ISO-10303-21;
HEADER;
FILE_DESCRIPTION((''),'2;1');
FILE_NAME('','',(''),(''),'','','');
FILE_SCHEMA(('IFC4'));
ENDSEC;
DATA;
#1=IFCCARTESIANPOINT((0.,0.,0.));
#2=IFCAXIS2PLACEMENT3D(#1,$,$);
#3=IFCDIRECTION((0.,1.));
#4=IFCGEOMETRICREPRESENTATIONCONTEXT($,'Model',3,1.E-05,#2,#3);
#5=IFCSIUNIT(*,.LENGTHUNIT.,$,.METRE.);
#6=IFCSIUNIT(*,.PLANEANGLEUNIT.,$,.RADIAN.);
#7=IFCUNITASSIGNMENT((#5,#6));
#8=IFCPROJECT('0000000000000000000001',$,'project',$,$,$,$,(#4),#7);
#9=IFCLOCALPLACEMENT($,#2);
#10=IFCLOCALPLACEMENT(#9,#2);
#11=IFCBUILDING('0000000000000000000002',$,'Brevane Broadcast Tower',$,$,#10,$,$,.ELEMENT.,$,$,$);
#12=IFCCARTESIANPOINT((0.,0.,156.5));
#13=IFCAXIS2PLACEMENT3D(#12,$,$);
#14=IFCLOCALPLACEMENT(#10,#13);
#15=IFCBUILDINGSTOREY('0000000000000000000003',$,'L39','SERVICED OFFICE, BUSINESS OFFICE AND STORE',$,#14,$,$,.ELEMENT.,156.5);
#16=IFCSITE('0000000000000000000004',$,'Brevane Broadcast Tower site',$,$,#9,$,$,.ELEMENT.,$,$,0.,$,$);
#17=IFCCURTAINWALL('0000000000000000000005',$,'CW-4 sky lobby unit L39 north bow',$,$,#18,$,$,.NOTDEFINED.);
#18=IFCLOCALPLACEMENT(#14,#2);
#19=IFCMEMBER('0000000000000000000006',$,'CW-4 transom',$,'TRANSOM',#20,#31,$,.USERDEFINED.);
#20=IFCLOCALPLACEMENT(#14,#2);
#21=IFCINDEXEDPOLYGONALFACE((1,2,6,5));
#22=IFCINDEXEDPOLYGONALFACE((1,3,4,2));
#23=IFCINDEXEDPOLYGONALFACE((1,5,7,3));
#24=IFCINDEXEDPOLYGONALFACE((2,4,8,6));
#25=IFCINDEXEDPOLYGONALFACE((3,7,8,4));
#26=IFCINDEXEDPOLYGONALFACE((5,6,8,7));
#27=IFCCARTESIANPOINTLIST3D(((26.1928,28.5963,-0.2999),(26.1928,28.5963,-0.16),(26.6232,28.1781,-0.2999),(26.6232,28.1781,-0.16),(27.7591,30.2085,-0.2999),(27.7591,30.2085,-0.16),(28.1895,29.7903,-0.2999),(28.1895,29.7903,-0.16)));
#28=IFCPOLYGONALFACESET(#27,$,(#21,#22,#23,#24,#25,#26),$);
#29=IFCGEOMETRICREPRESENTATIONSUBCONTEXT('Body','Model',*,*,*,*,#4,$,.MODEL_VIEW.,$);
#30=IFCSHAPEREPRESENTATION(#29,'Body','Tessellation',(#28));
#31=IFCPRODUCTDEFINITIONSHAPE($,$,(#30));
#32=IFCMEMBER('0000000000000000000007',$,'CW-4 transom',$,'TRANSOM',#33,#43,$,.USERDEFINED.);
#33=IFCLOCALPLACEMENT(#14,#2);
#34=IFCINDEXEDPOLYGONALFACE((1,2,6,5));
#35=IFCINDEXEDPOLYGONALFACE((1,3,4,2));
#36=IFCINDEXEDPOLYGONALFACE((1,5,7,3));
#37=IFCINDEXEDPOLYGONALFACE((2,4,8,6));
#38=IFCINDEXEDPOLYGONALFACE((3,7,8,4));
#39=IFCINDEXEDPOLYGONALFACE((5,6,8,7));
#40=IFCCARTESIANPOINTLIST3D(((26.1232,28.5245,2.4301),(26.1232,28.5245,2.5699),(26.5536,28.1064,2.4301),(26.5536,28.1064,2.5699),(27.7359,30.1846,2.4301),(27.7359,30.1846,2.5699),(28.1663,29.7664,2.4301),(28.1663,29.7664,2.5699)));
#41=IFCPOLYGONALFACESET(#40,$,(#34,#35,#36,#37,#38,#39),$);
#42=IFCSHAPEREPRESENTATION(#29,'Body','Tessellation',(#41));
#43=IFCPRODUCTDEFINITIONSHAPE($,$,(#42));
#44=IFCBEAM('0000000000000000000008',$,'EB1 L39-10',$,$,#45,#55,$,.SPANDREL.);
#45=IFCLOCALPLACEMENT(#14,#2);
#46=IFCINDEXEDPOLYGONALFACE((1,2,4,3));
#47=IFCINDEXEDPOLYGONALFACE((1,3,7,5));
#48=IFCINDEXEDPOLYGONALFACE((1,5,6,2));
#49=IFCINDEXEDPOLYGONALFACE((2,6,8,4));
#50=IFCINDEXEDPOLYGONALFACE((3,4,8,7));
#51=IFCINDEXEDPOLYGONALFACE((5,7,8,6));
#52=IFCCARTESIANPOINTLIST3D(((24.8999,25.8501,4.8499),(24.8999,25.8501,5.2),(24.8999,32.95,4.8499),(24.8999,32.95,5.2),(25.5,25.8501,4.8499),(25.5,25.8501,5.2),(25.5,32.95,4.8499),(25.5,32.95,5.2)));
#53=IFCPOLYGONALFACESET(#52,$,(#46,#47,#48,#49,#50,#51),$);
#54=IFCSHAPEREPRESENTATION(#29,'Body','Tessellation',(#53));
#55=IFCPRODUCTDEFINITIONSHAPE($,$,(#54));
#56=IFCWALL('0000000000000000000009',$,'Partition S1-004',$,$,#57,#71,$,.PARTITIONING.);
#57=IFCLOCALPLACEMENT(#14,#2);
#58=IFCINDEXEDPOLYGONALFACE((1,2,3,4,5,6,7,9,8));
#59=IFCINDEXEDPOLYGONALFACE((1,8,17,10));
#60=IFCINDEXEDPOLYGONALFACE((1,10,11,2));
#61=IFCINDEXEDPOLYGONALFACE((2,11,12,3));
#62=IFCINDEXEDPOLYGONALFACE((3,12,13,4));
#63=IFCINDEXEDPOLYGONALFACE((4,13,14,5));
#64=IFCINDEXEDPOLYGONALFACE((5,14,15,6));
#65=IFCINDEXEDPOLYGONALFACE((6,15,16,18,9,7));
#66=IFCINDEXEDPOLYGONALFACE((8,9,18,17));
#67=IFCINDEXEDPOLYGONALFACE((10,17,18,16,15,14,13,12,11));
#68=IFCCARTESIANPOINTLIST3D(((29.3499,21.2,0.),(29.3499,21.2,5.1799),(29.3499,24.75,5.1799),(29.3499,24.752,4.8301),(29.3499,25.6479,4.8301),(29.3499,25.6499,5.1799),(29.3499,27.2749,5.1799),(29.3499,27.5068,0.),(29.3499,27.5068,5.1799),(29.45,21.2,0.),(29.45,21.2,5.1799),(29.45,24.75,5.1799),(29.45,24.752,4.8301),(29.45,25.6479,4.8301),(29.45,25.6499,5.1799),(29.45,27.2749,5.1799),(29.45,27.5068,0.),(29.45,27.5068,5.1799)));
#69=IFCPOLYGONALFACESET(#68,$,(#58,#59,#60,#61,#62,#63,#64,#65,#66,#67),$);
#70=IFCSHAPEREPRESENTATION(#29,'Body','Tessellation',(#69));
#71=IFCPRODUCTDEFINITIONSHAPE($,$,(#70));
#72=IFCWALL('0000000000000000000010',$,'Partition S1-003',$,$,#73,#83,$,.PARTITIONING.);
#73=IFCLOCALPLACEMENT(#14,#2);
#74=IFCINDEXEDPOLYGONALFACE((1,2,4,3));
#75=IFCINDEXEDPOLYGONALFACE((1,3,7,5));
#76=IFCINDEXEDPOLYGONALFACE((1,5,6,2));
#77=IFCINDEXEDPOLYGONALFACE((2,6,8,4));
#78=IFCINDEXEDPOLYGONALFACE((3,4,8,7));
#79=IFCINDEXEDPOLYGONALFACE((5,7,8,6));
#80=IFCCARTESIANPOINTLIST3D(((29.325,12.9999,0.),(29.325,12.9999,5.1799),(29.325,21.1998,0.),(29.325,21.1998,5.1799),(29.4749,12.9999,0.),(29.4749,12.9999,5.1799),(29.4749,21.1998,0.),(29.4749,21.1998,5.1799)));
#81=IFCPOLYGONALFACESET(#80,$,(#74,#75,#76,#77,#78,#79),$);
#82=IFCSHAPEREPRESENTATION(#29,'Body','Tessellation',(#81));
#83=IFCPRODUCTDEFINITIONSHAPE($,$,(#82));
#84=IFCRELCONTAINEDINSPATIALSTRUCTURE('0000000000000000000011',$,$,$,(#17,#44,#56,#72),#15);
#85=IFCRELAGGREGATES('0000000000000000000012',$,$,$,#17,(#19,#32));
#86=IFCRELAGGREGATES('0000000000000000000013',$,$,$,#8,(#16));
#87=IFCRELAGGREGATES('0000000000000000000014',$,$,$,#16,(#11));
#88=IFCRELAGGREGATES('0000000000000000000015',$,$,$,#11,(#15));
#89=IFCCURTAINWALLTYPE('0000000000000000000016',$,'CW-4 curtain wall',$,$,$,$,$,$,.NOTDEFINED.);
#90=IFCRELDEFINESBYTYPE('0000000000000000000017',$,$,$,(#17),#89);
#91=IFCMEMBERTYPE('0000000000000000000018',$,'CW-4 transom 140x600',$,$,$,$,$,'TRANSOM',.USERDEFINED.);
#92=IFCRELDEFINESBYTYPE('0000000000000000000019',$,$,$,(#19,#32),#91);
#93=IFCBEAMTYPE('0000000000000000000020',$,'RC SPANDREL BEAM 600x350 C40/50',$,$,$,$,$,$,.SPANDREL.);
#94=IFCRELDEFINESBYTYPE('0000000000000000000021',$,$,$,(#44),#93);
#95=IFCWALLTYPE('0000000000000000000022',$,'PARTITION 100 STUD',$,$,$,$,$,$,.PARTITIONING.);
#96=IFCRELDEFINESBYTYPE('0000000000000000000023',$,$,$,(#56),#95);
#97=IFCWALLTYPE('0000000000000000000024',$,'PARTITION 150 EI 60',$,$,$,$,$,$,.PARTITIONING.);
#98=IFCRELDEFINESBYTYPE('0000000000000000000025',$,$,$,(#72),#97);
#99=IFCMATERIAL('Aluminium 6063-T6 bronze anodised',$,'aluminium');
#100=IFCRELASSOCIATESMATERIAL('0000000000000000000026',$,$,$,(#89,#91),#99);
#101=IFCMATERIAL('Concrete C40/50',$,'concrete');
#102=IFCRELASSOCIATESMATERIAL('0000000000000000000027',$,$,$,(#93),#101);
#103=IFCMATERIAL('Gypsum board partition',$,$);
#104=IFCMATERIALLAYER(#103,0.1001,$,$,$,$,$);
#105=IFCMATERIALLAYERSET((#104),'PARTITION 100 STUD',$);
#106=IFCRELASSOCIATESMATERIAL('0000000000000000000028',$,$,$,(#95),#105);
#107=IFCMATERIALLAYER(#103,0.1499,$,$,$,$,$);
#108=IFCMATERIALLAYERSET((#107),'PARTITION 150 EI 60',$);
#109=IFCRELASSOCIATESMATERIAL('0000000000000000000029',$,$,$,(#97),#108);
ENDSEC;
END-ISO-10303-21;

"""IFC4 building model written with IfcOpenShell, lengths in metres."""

from ifc_helpers import new_model, si_unit, direction, frame, frame_2d, origin, origin_2d, place, context, subcontext, project, spatial, polyline, rectangle, outline, extrude, material, layer, layer_set, material_profile, profile_set, type_object, element, aggregate, save


model = new_model("IFC4")

# Units and contexts
model_context = context("Model", 3, precision=1e-05, world=origin(), true_north=direction((0.0, 1.0)))
body_context = subcontext(model_context, "Body", "Model", "MODEL_VIEW")
ifc_project = project(units=[si_unit("LENGTHUNIT", "METRE"), si_unit("PLANEANGLEUNIT", "RADIAN")], contexts=[model_context])

# Site, building, storey
site_placement = place(None, origin())
site = spatial("IfcSite", under=ifc_project, at=site_placement, Name="Brevane Broadcast Tower site", CompositionType="ELEMENT", RefElevation=0.0)
building_placement = place(site_placement, origin())
building = spatial("IfcBuilding", under=site, at=building_placement, Name="Brevane Broadcast Tower", CompositionType="ELEMENT")
storey_placement = place(building_placement, frame((0.0, 0.0, 156.5)))
storey = spatial("IfcBuildingStorey", under=building, at=storey_placement, Name="L39", Description="SERVICED OFFICE, BUSINESS OFFICE AND STORE", CompositionType="ELEMENT", Elevation=156.5)

# Curtain wall
ifc_material_1 = material(Name="Aluminium 6063-T6 bronze anodised", Category="aluminium")
curtain_wall_type = type_object("IfcCurtainWallType", Name="CW-4 curtain wall", PredefinedType="NOTDEFINED", material=ifc_material_1)
curtain_wall_1_placement = place(storey_placement, origin())
curtain_wall_1 = element("IfcCurtainWall", 1, at=curtain_wall_1_placement, inside=storey, type_object=curtain_wall_type, Name="CW-4 sky lobby unit L39 north bow", PredefinedType="NOTDEFINED")

# Members
ifc_material_profile_1 = material_profile(ifc_material_1, rectangle(XDim=0.6001, YDim=0.1399, at=origin_2d()), Name="RECT 140x600")
ifc_profile_set_1 = profile_set([ifc_material_profile_1], Name="Aluminium 6063-T6 bronze anodised")
member_type_1 = type_object("IfcMemberType", Name="CW-4 transom 140x600", ElementType="TRANSOM", PredefinedType="USERDEFINED", material=ifc_profile_set_1)
member_1_placement = place(storey_placement, frame((26.408, 28.3872, -0.23), z_axis=(0.696824, 0.717242, 0.0), x_axis=(-0.717242, 0.696824, 0.0)))
member_1 = element("IfcMember", 2, at=member_1_placement, type_object=member_type_1, Name="CW-4 transom", ObjectType="TRANSOM", PredefinedType="USERDEFINED", context=body_context, shape_type="SweptSolid", body=[
    extrude(rectangle(XDim=0.6001, YDim=0.1399, at=origin_2d()), origin(), (0.0, 0.0, 1.0), 2.2478),
])
member_2_placement = place(storey_placement, frame((26.3384, 28.3154, 2.5), z_axis=(0.696801, 0.717264, 0.0), x_axis=(-0.717264, 0.696801, 0.0)))
member_2 = element("IfcMember", 3, at=member_2_placement, type_object=member_type_1, Name="CW-4 transom", ObjectType="TRANSOM", PredefinedType="USERDEFINED", context=body_context, shape_type="SweptSolid", body=[
    extrude(rectangle(XDim=0.6001, YDim=0.1399, at=origin_2d()), origin(), (0.0, 0.0, 1.0), 2.3145),
])
aggregate(curtain_wall_1, [member_1, member_2])

# Beam
ifc_material_2 = material(Name="Concrete C40/50", Category="concrete")
ifc_material_profile_2 = material_profile(ifc_material_2, rectangle(XDim=0.6001, YDim=0.3501, at=origin_2d()), Name="RC 600x350")
ifc_profile_set_2 = profile_set([ifc_material_profile_2], Name="Concrete C40/50")
beam_type = type_object("IfcBeamType", Name="RC SPANDREL BEAM 600x350 C40/50", PredefinedType="SPANDREL", material=ifc_profile_set_2)
beam_placement = place(storey_placement, frame((25.2, 25.8501, 5.0249), z_axis=(0.0, 1.0, 0.0), x_axis=(-1.0, 0.0, 0.0)))
element("IfcBeam", 4, at=beam_placement, inside=storey, type_object=beam_type, Name="EB1 L39-10", PredefinedType="SPANDREL", context=body_context, shape_type="SweptSolid", body=[
    extrude(rectangle(XDim=0.6001, YDim=0.3501, at=origin_2d()), origin(), (0.0, 0.0, 1.0), 7.0999),
])

# Walls
ifc_material_3 = material(Name="Gypsum board partition")
ifc_layer_1 = layer(ifc_material_3, 0.1001)
ifc_layer_set_1 = layer_set([ifc_layer_1], Name="PARTITION 100 STUD")
wall_type_1 = type_object("IfcWallType", Name="PARTITION 100 STUD", PredefinedType="PARTITIONING", material=ifc_layer_set_1)
wall_1_placement = place(storey_placement, frame((29.3999, 27.5068, 0.0), z_axis=(0.0, 0.0, 1.0), x_axis=(0.0, -1.0, 0.0)))
element("IfcWall", 5, at=wall_1_placement, inside=storey, type_object=wall_type_1, Name="Partition S1-004", PredefinedType="PARTITIONING", context=body_context, shape_type="SweptSolid", body=[
    extrude(outline(polyline([(0.0, 0.0), (6.3069, 0.0), (6.3069, 5.1799), (2.7568, 5.1799), (2.7549, 4.8301), (1.8589, 4.8301), (1.8569, 5.1799), (0.2319, 5.1799), (0.0, 5.1799), (0.0, 0.0)])), frame((0.0, 0.05, 0.0), z_axis=(0.0, -1.0, 0.0), x_axis=(1.0, 0.0, 0.0)), (0.0, 0.0, 1.0), 0.1001),
])
ifc_layer_2 = layer(ifc_material_3, 0.1499)
ifc_layer_set_2 = layer_set([ifc_layer_2], Name="PARTITION 150 EI 60")
wall_type_2 = type_object("IfcWallType", Name="PARTITION 150 EI 60", PredefinedType="PARTITIONING", material=ifc_layer_set_2)
wall_2_placement = place(storey_placement, frame((29.3999, 21.2, 0.0), z_axis=(0.0, 0.0, 1.0), x_axis=(0.0, -1.0, 0.0)))
element("IfcWall", 6, at=wall_2_placement, inside=storey, type_object=wall_type_2, Name="Partition S1-003", PredefinedType="PARTITIONING", context=body_context, shape_type="SweptSolid", body=[
    extrude(rectangle(XDim=8.2, YDim=0.1499, at=frame_2d((4.1001, 0.0))), origin(), (0.0, 0.0, 1.0), 5.1799),
])

save(model, "model.ifc")
